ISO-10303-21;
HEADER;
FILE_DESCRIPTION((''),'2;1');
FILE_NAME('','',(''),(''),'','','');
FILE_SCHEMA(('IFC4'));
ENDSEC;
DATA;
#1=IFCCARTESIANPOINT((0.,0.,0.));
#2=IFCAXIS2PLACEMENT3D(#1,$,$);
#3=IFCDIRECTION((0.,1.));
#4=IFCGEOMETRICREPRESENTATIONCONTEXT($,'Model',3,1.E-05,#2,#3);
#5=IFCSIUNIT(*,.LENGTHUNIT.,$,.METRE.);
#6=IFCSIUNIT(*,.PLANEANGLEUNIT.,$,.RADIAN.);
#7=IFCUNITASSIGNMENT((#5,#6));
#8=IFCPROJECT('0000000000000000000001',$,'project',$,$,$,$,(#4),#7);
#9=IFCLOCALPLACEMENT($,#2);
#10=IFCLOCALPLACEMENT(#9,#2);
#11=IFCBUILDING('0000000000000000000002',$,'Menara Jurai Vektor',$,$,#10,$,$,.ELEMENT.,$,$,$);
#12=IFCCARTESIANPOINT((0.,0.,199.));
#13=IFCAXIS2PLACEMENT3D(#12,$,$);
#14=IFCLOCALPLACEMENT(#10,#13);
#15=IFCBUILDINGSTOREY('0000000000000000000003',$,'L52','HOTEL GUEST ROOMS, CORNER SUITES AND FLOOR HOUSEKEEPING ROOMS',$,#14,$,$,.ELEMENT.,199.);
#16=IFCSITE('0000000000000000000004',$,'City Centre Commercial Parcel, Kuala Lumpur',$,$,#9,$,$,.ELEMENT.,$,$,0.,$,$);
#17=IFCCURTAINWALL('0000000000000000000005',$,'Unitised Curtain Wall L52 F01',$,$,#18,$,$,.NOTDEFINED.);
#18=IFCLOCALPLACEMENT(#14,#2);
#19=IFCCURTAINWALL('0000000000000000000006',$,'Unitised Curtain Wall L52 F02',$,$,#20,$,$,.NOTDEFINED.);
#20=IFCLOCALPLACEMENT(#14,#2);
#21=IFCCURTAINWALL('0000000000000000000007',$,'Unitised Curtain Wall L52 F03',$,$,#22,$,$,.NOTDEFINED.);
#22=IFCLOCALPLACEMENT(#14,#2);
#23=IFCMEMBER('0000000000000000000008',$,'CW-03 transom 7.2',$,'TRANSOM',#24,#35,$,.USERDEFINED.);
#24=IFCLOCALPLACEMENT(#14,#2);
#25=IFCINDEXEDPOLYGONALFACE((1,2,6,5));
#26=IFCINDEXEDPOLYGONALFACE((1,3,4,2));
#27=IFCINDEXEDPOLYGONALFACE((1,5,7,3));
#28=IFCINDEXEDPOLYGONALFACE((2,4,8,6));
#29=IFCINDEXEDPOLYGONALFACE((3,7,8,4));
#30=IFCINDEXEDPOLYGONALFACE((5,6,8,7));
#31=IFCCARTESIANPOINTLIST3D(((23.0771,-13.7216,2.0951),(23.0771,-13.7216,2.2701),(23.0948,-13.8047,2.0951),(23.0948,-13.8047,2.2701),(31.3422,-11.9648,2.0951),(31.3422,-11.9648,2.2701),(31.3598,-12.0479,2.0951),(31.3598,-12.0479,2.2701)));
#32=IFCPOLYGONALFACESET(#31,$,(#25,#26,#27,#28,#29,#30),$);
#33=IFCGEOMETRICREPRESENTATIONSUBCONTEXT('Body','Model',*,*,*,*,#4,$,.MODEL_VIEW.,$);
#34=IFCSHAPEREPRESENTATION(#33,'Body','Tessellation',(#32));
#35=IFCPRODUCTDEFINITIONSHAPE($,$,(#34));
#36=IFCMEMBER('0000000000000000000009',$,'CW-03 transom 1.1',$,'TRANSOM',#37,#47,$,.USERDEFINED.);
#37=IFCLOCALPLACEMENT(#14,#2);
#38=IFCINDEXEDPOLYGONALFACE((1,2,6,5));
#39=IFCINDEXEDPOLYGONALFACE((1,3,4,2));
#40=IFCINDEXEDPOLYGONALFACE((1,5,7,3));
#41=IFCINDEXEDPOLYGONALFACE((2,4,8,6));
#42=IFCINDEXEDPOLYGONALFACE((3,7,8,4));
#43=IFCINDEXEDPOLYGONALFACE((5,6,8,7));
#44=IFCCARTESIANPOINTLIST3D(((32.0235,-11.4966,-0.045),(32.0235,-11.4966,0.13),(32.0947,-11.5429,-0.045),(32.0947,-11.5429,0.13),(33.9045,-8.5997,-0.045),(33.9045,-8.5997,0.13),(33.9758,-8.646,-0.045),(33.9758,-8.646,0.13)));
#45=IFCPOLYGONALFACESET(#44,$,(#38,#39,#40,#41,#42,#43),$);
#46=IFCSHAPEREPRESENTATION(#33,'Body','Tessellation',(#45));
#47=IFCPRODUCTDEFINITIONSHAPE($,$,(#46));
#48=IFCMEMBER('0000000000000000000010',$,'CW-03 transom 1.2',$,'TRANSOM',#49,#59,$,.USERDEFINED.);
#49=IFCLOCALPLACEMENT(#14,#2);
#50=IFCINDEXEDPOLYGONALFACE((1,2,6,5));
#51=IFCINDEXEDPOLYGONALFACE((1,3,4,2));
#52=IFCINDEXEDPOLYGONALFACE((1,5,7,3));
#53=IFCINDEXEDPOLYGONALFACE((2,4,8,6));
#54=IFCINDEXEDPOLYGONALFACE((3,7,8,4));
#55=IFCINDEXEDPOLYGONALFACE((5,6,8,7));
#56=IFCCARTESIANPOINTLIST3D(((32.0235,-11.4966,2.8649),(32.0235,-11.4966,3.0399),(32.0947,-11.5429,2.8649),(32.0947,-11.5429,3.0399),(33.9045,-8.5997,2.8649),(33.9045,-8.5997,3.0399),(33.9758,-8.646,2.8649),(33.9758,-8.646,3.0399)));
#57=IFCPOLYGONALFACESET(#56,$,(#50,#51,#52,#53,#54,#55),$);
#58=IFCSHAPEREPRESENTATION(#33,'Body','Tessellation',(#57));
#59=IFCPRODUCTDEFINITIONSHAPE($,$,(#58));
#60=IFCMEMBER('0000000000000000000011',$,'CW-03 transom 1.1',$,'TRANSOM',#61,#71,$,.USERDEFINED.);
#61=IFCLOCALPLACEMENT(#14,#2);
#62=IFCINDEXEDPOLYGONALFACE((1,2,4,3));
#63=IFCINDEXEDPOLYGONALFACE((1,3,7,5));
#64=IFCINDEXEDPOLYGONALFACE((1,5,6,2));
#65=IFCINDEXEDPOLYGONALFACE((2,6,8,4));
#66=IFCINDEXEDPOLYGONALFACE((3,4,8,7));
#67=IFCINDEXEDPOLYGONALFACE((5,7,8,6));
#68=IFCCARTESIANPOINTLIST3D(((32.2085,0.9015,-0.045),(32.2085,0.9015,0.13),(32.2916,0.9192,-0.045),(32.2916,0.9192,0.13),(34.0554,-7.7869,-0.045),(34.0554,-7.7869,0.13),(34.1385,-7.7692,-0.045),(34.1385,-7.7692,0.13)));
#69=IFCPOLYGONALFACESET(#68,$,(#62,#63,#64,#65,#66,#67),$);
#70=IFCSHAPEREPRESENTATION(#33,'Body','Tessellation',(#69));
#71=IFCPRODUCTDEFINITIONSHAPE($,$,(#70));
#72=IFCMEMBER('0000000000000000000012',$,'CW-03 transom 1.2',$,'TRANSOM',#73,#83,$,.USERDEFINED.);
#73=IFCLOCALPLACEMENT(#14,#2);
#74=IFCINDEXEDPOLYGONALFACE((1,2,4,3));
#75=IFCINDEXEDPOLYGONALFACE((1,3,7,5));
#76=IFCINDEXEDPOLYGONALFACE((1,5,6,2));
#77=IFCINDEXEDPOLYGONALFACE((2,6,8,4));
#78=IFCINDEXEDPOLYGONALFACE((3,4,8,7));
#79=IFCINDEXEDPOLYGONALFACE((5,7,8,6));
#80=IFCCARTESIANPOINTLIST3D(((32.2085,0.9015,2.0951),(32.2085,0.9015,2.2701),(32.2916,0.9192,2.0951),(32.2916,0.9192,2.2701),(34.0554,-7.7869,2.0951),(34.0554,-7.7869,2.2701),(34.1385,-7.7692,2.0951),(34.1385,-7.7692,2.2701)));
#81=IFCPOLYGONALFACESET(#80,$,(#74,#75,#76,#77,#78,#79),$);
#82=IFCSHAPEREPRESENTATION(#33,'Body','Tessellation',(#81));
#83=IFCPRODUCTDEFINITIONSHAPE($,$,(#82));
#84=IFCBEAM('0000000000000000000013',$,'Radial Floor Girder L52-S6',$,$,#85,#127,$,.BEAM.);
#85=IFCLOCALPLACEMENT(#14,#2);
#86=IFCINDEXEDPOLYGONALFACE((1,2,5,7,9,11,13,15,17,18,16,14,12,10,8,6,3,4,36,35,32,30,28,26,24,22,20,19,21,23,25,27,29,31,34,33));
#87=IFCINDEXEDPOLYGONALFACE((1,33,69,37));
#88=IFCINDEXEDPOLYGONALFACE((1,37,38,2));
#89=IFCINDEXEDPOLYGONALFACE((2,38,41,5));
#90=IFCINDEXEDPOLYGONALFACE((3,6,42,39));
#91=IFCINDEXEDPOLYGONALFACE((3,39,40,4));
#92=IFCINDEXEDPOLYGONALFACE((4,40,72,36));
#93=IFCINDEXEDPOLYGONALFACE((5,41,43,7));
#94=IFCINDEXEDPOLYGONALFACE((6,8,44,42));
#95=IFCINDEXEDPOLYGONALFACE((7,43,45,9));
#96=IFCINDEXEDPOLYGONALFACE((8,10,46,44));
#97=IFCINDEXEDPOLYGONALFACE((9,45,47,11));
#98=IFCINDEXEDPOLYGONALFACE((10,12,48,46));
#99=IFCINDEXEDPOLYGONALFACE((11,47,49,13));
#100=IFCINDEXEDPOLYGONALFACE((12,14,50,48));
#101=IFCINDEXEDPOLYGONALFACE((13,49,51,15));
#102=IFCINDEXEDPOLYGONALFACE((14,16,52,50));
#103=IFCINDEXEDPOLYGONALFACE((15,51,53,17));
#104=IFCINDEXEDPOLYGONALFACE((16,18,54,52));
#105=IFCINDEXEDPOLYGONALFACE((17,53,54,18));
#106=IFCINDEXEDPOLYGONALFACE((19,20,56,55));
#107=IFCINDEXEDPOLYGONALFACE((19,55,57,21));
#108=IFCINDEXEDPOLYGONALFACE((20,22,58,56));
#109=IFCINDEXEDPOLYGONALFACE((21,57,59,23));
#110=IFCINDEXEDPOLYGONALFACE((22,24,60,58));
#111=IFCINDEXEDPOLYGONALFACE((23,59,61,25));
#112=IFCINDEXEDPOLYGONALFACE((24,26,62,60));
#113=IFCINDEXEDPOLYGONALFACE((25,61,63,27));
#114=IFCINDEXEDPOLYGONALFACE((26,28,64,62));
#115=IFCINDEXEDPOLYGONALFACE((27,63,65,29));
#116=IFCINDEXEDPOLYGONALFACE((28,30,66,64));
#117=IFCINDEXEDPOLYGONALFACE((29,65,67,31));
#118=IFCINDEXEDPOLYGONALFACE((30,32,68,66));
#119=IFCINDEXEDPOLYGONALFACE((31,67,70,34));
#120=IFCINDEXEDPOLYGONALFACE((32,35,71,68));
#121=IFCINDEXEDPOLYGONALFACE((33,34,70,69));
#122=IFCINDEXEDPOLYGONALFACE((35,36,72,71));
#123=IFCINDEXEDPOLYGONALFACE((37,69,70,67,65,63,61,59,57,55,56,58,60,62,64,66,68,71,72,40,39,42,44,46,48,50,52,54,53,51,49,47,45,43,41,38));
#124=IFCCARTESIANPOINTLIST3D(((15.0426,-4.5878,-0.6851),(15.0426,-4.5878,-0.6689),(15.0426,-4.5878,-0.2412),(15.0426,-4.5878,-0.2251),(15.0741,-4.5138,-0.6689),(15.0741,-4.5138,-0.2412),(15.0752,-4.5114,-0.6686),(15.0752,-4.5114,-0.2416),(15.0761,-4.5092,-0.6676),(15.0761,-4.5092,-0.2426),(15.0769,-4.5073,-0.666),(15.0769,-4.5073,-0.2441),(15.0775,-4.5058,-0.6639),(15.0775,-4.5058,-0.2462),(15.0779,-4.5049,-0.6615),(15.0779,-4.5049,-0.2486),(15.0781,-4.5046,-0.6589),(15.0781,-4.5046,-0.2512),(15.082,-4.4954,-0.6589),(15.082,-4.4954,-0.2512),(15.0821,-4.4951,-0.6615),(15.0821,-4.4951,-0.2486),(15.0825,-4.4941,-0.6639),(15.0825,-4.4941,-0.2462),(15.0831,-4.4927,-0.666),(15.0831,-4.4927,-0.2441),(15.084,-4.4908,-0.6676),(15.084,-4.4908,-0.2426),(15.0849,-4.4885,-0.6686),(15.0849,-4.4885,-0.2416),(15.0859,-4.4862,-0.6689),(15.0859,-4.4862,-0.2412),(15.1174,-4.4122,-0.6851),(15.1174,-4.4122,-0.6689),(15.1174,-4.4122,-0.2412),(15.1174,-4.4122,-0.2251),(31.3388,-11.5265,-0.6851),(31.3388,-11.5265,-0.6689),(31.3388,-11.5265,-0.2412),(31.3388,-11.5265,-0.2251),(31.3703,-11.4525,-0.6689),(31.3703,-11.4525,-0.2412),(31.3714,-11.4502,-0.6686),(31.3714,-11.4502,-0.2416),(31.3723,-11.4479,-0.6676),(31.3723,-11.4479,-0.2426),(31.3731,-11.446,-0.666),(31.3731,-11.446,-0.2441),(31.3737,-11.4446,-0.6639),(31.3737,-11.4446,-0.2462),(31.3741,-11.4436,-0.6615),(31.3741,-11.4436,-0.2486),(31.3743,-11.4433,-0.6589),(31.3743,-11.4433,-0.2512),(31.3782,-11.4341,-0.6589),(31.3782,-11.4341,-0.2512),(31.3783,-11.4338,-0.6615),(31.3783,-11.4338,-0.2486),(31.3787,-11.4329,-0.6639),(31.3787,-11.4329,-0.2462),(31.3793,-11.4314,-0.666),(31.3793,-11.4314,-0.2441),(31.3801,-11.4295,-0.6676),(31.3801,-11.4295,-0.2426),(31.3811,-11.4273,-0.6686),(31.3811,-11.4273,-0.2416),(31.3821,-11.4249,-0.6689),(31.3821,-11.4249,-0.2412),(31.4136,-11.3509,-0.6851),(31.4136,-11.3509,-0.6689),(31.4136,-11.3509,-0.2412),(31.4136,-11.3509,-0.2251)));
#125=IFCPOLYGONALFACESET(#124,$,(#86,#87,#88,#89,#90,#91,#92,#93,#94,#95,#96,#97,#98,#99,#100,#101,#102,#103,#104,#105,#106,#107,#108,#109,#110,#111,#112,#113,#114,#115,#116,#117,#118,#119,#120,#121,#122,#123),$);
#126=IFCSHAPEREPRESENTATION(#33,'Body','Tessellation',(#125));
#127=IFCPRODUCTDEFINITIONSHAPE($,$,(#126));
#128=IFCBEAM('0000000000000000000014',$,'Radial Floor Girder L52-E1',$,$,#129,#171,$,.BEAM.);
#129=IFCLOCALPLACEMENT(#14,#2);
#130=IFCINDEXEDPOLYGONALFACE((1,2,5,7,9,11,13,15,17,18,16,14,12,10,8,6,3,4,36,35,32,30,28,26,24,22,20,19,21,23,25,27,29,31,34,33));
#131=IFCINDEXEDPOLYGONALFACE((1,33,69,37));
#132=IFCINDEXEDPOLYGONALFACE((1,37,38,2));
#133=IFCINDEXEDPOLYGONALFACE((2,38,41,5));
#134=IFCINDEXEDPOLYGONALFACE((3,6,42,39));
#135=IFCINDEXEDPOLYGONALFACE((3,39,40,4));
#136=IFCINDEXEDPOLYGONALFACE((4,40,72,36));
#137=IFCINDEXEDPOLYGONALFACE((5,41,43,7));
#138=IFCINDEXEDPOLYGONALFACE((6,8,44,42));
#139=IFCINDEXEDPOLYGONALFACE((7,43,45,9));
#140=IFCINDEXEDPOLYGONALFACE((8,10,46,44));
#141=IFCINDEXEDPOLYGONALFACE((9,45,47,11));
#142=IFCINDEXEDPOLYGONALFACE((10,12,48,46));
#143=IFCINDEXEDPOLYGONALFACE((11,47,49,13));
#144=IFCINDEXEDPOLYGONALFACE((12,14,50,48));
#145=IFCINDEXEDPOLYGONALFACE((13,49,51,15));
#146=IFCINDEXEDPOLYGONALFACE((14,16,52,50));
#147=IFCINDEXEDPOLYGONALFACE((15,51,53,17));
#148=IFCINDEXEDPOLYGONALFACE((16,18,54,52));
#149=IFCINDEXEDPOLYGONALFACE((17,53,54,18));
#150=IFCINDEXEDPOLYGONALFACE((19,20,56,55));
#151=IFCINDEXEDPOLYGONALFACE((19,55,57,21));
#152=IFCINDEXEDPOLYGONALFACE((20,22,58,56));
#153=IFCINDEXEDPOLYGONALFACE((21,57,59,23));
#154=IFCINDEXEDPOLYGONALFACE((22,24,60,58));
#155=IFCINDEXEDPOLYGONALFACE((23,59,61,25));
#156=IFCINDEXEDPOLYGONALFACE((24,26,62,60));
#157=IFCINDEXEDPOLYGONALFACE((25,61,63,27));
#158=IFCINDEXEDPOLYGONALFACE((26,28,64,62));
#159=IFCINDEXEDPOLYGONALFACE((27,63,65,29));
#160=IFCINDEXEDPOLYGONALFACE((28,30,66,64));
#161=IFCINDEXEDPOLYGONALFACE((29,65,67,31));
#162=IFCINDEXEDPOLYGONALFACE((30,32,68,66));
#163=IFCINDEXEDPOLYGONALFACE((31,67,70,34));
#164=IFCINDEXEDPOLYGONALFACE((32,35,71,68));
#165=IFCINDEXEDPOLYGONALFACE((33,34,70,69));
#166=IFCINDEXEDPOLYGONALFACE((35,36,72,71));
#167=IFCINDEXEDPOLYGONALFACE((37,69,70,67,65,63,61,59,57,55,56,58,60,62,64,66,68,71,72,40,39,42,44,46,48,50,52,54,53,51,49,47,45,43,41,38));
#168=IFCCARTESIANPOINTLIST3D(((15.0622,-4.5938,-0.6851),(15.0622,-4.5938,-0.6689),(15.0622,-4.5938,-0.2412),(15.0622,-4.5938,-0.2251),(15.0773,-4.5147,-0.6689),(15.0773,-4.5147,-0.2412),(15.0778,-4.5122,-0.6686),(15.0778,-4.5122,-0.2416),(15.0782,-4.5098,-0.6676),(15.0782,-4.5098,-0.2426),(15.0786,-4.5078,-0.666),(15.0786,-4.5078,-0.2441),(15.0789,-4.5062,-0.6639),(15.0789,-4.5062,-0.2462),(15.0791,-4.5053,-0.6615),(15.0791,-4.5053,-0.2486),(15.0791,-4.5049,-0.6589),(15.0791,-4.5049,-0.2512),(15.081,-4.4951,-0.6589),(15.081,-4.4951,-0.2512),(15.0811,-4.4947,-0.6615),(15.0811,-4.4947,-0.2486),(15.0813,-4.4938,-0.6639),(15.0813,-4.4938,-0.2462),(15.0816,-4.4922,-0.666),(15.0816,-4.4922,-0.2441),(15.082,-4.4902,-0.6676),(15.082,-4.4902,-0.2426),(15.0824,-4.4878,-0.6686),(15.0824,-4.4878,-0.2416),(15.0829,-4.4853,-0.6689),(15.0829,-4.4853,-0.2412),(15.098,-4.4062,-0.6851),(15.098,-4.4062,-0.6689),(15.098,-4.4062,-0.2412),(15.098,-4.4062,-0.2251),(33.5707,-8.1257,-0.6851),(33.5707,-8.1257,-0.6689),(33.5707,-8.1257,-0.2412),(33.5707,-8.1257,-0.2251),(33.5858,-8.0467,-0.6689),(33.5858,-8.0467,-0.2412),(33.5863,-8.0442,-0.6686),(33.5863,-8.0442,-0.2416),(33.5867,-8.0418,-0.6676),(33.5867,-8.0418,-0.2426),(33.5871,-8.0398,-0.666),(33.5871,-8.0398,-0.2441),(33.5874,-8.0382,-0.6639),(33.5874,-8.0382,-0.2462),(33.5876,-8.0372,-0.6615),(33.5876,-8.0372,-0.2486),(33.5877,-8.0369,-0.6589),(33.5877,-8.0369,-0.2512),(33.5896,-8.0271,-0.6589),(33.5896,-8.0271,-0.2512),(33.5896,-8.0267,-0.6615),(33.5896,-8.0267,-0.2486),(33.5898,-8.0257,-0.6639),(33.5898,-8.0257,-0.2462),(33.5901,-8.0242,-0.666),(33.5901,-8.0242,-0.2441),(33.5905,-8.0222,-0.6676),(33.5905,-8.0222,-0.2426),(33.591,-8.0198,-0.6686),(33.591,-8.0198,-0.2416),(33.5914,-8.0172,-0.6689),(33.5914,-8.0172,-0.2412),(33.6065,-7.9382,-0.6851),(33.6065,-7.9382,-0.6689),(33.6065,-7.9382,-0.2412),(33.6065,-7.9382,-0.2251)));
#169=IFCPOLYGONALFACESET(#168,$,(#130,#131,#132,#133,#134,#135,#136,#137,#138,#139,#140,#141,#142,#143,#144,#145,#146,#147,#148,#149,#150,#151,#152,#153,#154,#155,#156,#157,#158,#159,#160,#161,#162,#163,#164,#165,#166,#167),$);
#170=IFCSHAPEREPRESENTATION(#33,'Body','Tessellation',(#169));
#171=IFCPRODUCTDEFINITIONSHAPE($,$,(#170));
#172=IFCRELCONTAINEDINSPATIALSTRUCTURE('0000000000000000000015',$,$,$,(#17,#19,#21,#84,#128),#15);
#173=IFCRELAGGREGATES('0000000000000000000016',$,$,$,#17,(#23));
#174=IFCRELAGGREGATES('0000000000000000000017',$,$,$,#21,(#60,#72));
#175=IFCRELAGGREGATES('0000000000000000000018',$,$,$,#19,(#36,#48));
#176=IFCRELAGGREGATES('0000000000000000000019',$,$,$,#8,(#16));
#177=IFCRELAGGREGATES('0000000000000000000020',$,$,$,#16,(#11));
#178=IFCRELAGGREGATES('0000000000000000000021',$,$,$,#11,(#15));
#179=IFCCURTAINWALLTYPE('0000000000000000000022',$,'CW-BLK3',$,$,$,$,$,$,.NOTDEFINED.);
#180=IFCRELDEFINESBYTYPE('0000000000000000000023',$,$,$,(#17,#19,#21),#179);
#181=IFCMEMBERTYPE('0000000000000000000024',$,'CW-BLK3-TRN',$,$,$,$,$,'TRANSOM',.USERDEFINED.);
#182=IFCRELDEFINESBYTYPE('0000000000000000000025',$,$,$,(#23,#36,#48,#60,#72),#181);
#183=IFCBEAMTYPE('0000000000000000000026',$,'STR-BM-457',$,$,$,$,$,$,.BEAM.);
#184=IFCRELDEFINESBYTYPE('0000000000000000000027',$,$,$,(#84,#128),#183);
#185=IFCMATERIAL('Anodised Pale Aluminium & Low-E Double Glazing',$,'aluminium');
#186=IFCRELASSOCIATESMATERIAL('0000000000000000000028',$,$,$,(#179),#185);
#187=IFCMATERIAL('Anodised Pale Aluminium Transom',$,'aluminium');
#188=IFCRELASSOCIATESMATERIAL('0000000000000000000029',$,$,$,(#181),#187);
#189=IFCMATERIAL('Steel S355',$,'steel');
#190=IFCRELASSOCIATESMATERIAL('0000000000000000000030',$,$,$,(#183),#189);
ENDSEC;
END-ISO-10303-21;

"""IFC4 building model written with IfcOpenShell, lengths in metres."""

from ifc_helpers import new_model, si_unit, direction, frame, origin, origin_2d, place, context, subcontext, project, spatial, rectangle, i_section, extrude, material, material_profile, profile_set, type_object, element, aggregate, save


model = new_model("IFC4")

# Units and contexts
model_context = context("Model", 3, precision=1e-05, world=origin(), true_north=direction((0.0, 1.0)))
body_context = subcontext(model_context, "Body", "Model", "MODEL_VIEW")
ifc_project = project(units=[si_unit("LENGTHUNIT", "METRE"), si_unit("PLANEANGLEUNIT", "RADIAN")], contexts=[model_context])

# Site, building, storey
site_placement = place(None, origin())
site = spatial("IfcSite", under=ifc_project, at=site_placement, Name="City Centre Commercial Parcel, Kuala Lumpur", CompositionType="ELEMENT", RefElevation=0.0)
building_placement = place(site_placement, origin())
building = spatial("IfcBuilding", under=site, at=building_placement, Name="Menara Jurai Vektor", CompositionType="ELEMENT")
storey_placement = place(building_placement, frame((0.0, 0.0, 199.0)))
storey = spatial("IfcBuildingStorey", under=building, at=storey_placement, Name="L52", Description="HOTEL GUEST ROOMS, CORNER SUITES AND FLOOR HOUSEKEEPING ROOMS", CompositionType="ELEMENT", Elevation=199.0)

# Curtain walls
ifc_material_1 = material(Name="Anodised Pale Aluminium & Low-E Double Glazing", Category="aluminium")
curtain_wall_type = type_object("IfcCurtainWallType", Name="CW-BLK3", PredefinedType="NOTDEFINED", material=ifc_material_1)
curtain_wall_1_placement = place(storey_placement, origin())
curtain_wall_1 = element("IfcCurtainWall", 1, at=curtain_wall_1_placement, inside=storey, type_object=curtain_wall_type, Name="Unitised Curtain Wall L52 F01", PredefinedType="NOTDEFINED")
curtain_wall_2_placement = place(storey_placement, origin())
curtain_wall_2 = element("IfcCurtainWall", 2, at=curtain_wall_2_placement, inside=storey, type_object=curtain_wall_type, Name="Unitised Curtain Wall L52 F02", PredefinedType="NOTDEFINED")
curtain_wall_3_placement = place(storey_placement, origin())
curtain_wall_3 = element("IfcCurtainWall", 3, at=curtain_wall_3_placement, inside=storey, type_object=curtain_wall_type, Name="Unitised Curtain Wall L52 F03", PredefinedType="NOTDEFINED")

# Members
ifc_material_2 = material(Name="Anodised Pale Aluminium Transom", Category="aluminium")
ifc_material_profile_1 = material_profile(ifc_material_2, rectangle(XDim=0.085, YDim=0.175, at=origin_2d()), Name="ALU TRN 85x175")
ifc_profile_set_1 = profile_set([ifc_material_profile_1], Name="Anodised Pale Aluminium Transom")
member_type_1 = type_object("IfcMemberType", Name="CW-BLK3-TRN", ElementType="TRANSOM", PredefinedType="USERDEFINED", material=ifc_profile_set_1)
member_1_placement = place(storey_placement, frame((23.0859, -13.7632, 2.1826), z_axis=(0.978147, 0.207915, 0.0), x_axis=(-0.207915, 0.978147, 0.0)))
member_1 = element("IfcMember", 4, at=member_1_placement, type_object=member_type_1, Name="CW-03 transom 7.2", ObjectType="TRANSOM", PredefinedType="USERDEFINED", context=body_context, shape_type="SweptSolid", body=[
    extrude(rectangle(XDim=0.085, YDim=0.175, at=origin_2d()), origin(), (0.0, 0.0, 1.0), 8.4497),
])
member_2_placement = place(storey_placement, frame((32.0591, -11.5198, 0.0425), z_axis=(0.544596, 0.838699, 0.0), x_axis=(-0.838699, 0.544596, 0.0)))
member_2 = element("IfcMember", 5, at=member_2_placement, type_object=member_type_1, Name="CW-03 transom 1.1", ObjectType="TRANSOM", PredefinedType="USERDEFINED", context=body_context, shape_type="SweptSolid", body=[
    extrude(rectangle(XDim=0.085, YDim=0.175, at=origin_2d()), origin(), (0.0, 0.0, 1.0), 3.4541),
])
member_3_placement = place(storey_placement, frame((32.0591, -11.5198, 2.9524), z_axis=(0.544596, 0.838699, 0.0), x_axis=(-0.838699, 0.544596, 0.0)))
member_3 = element("IfcMember", 6, at=member_3_placement, type_object=member_type_1, Name="CW-03 transom 1.2", ObjectType="TRANSOM", PredefinedType="USERDEFINED", context=body_context, shape_type="SweptSolid", body=[
    extrude(rectangle(XDim=0.085, YDim=0.175, at=origin_2d()), origin(), (0.0, 0.0, 1.0), 3.4541),
])
member_4_placement = place(storey_placement, frame((34.0969, -7.7781, 0.0425), z_axis=(-0.207926, 0.978145, 0.0), x_axis=(-0.978145, -0.207926, 0.0)))
member_4 = element("IfcMember", 7, at=member_4_placement, type_object=member_type_1, Name="CW-03 transom 1.1", ObjectType="TRANSOM", PredefinedType="USERDEFINED", context=body_context, shape_type="SweptSolid", body=[
    extrude(rectangle(XDim=0.085, YDim=0.175, at=origin_2d()), origin(), (0.0, 0.0, 1.0), 8.8826),
])
member_5_placement = place(storey_placement, frame((34.0969, -7.7781, 2.1826), z_axis=(-0.207926, 0.978145, 0.0), x_axis=(-0.978145, -0.207926, 0.0)))
member_5 = element("IfcMember", 8, at=member_5_placement, type_object=member_type_1, Name="CW-03 transom 1.2", ObjectType="TRANSOM", PredefinedType="USERDEFINED", context=body_context, shape_type="SweptSolid", body=[
    extrude(rectangle(XDim=0.085, YDim=0.175, at=origin_2d()), origin(), (0.0, 0.0, 1.0), 8.8826),
])

# Beams
ifc_material_3 = material(Name="Steel S355", Category="steel")
ifc_material_profile_2 = material_profile(ifc_material_3, i_section(OverallWidth=0.1909, OverallDepth=0.46, WebThickness=0.01, FlangeThickness=0.0161, FilletRadius=0.01, at=origin_2d()), Name="UKB 457x191x82")
ifc_profile_set_2 = profile_set([ifc_material_profile_2], Name="Steel S355")
beam_type_1 = type_object("IfcBeamType", Name="STR-BM-457", PredefinedType="BEAM", material=ifc_profile_set_2)
beam_1_placement = place(storey_placement, frame((31.3762, -11.4387, -0.4551), z_axis=(-0.920069, 0.391756, 0.0), x_axis=(-0.391756, -0.920069, 0.0)))
element("IfcBeam", 9, at=beam_1_placement, inside=storey, type_object=beam_type_1, Name="Radial Floor Girder L52-S6", PredefinedType="BEAM", context=body_context, shape_type="SweptSolid", body=[
    extrude(i_section(OverallWidth=0.1909, OverallDepth=0.46, WebThickness=0.01, FlangeThickness=0.0161, FilletRadius=0.01, at=origin_2d()), origin(), (0.0, 0.0, 1.0), 17.7119),
])
beam_2_placement = place(storey_placement, frame((33.5886, -8.032, -0.4551), z_axis=(-0.982275, 0.187447, 0.0), x_axis=(-0.187447, -0.982275, 0.0)))
element("IfcBeam", 10, at=beam_2_placement, inside=storey, type_object=beam_type_1, Name="Radial Floor Girder L52-E1", PredefinedType="BEAM", context=body_context, shape_type="SweptSolid", body=[
    extrude(i_section(OverallWidth=0.1909, OverallDepth=0.46, WebThickness=0.01, FlangeThickness=0.0161, FilletRadius=0.01, at=origin_2d()), origin(), (0.0, 0.0, 1.0), 18.8425),
])

aggregate(curtain_wall_1, [member_1])
aggregate(curtain_wall_3, [member_4, member_5])
aggregate(curtain_wall_2, [member_2, member_3])

save(model, "model.ifc")
